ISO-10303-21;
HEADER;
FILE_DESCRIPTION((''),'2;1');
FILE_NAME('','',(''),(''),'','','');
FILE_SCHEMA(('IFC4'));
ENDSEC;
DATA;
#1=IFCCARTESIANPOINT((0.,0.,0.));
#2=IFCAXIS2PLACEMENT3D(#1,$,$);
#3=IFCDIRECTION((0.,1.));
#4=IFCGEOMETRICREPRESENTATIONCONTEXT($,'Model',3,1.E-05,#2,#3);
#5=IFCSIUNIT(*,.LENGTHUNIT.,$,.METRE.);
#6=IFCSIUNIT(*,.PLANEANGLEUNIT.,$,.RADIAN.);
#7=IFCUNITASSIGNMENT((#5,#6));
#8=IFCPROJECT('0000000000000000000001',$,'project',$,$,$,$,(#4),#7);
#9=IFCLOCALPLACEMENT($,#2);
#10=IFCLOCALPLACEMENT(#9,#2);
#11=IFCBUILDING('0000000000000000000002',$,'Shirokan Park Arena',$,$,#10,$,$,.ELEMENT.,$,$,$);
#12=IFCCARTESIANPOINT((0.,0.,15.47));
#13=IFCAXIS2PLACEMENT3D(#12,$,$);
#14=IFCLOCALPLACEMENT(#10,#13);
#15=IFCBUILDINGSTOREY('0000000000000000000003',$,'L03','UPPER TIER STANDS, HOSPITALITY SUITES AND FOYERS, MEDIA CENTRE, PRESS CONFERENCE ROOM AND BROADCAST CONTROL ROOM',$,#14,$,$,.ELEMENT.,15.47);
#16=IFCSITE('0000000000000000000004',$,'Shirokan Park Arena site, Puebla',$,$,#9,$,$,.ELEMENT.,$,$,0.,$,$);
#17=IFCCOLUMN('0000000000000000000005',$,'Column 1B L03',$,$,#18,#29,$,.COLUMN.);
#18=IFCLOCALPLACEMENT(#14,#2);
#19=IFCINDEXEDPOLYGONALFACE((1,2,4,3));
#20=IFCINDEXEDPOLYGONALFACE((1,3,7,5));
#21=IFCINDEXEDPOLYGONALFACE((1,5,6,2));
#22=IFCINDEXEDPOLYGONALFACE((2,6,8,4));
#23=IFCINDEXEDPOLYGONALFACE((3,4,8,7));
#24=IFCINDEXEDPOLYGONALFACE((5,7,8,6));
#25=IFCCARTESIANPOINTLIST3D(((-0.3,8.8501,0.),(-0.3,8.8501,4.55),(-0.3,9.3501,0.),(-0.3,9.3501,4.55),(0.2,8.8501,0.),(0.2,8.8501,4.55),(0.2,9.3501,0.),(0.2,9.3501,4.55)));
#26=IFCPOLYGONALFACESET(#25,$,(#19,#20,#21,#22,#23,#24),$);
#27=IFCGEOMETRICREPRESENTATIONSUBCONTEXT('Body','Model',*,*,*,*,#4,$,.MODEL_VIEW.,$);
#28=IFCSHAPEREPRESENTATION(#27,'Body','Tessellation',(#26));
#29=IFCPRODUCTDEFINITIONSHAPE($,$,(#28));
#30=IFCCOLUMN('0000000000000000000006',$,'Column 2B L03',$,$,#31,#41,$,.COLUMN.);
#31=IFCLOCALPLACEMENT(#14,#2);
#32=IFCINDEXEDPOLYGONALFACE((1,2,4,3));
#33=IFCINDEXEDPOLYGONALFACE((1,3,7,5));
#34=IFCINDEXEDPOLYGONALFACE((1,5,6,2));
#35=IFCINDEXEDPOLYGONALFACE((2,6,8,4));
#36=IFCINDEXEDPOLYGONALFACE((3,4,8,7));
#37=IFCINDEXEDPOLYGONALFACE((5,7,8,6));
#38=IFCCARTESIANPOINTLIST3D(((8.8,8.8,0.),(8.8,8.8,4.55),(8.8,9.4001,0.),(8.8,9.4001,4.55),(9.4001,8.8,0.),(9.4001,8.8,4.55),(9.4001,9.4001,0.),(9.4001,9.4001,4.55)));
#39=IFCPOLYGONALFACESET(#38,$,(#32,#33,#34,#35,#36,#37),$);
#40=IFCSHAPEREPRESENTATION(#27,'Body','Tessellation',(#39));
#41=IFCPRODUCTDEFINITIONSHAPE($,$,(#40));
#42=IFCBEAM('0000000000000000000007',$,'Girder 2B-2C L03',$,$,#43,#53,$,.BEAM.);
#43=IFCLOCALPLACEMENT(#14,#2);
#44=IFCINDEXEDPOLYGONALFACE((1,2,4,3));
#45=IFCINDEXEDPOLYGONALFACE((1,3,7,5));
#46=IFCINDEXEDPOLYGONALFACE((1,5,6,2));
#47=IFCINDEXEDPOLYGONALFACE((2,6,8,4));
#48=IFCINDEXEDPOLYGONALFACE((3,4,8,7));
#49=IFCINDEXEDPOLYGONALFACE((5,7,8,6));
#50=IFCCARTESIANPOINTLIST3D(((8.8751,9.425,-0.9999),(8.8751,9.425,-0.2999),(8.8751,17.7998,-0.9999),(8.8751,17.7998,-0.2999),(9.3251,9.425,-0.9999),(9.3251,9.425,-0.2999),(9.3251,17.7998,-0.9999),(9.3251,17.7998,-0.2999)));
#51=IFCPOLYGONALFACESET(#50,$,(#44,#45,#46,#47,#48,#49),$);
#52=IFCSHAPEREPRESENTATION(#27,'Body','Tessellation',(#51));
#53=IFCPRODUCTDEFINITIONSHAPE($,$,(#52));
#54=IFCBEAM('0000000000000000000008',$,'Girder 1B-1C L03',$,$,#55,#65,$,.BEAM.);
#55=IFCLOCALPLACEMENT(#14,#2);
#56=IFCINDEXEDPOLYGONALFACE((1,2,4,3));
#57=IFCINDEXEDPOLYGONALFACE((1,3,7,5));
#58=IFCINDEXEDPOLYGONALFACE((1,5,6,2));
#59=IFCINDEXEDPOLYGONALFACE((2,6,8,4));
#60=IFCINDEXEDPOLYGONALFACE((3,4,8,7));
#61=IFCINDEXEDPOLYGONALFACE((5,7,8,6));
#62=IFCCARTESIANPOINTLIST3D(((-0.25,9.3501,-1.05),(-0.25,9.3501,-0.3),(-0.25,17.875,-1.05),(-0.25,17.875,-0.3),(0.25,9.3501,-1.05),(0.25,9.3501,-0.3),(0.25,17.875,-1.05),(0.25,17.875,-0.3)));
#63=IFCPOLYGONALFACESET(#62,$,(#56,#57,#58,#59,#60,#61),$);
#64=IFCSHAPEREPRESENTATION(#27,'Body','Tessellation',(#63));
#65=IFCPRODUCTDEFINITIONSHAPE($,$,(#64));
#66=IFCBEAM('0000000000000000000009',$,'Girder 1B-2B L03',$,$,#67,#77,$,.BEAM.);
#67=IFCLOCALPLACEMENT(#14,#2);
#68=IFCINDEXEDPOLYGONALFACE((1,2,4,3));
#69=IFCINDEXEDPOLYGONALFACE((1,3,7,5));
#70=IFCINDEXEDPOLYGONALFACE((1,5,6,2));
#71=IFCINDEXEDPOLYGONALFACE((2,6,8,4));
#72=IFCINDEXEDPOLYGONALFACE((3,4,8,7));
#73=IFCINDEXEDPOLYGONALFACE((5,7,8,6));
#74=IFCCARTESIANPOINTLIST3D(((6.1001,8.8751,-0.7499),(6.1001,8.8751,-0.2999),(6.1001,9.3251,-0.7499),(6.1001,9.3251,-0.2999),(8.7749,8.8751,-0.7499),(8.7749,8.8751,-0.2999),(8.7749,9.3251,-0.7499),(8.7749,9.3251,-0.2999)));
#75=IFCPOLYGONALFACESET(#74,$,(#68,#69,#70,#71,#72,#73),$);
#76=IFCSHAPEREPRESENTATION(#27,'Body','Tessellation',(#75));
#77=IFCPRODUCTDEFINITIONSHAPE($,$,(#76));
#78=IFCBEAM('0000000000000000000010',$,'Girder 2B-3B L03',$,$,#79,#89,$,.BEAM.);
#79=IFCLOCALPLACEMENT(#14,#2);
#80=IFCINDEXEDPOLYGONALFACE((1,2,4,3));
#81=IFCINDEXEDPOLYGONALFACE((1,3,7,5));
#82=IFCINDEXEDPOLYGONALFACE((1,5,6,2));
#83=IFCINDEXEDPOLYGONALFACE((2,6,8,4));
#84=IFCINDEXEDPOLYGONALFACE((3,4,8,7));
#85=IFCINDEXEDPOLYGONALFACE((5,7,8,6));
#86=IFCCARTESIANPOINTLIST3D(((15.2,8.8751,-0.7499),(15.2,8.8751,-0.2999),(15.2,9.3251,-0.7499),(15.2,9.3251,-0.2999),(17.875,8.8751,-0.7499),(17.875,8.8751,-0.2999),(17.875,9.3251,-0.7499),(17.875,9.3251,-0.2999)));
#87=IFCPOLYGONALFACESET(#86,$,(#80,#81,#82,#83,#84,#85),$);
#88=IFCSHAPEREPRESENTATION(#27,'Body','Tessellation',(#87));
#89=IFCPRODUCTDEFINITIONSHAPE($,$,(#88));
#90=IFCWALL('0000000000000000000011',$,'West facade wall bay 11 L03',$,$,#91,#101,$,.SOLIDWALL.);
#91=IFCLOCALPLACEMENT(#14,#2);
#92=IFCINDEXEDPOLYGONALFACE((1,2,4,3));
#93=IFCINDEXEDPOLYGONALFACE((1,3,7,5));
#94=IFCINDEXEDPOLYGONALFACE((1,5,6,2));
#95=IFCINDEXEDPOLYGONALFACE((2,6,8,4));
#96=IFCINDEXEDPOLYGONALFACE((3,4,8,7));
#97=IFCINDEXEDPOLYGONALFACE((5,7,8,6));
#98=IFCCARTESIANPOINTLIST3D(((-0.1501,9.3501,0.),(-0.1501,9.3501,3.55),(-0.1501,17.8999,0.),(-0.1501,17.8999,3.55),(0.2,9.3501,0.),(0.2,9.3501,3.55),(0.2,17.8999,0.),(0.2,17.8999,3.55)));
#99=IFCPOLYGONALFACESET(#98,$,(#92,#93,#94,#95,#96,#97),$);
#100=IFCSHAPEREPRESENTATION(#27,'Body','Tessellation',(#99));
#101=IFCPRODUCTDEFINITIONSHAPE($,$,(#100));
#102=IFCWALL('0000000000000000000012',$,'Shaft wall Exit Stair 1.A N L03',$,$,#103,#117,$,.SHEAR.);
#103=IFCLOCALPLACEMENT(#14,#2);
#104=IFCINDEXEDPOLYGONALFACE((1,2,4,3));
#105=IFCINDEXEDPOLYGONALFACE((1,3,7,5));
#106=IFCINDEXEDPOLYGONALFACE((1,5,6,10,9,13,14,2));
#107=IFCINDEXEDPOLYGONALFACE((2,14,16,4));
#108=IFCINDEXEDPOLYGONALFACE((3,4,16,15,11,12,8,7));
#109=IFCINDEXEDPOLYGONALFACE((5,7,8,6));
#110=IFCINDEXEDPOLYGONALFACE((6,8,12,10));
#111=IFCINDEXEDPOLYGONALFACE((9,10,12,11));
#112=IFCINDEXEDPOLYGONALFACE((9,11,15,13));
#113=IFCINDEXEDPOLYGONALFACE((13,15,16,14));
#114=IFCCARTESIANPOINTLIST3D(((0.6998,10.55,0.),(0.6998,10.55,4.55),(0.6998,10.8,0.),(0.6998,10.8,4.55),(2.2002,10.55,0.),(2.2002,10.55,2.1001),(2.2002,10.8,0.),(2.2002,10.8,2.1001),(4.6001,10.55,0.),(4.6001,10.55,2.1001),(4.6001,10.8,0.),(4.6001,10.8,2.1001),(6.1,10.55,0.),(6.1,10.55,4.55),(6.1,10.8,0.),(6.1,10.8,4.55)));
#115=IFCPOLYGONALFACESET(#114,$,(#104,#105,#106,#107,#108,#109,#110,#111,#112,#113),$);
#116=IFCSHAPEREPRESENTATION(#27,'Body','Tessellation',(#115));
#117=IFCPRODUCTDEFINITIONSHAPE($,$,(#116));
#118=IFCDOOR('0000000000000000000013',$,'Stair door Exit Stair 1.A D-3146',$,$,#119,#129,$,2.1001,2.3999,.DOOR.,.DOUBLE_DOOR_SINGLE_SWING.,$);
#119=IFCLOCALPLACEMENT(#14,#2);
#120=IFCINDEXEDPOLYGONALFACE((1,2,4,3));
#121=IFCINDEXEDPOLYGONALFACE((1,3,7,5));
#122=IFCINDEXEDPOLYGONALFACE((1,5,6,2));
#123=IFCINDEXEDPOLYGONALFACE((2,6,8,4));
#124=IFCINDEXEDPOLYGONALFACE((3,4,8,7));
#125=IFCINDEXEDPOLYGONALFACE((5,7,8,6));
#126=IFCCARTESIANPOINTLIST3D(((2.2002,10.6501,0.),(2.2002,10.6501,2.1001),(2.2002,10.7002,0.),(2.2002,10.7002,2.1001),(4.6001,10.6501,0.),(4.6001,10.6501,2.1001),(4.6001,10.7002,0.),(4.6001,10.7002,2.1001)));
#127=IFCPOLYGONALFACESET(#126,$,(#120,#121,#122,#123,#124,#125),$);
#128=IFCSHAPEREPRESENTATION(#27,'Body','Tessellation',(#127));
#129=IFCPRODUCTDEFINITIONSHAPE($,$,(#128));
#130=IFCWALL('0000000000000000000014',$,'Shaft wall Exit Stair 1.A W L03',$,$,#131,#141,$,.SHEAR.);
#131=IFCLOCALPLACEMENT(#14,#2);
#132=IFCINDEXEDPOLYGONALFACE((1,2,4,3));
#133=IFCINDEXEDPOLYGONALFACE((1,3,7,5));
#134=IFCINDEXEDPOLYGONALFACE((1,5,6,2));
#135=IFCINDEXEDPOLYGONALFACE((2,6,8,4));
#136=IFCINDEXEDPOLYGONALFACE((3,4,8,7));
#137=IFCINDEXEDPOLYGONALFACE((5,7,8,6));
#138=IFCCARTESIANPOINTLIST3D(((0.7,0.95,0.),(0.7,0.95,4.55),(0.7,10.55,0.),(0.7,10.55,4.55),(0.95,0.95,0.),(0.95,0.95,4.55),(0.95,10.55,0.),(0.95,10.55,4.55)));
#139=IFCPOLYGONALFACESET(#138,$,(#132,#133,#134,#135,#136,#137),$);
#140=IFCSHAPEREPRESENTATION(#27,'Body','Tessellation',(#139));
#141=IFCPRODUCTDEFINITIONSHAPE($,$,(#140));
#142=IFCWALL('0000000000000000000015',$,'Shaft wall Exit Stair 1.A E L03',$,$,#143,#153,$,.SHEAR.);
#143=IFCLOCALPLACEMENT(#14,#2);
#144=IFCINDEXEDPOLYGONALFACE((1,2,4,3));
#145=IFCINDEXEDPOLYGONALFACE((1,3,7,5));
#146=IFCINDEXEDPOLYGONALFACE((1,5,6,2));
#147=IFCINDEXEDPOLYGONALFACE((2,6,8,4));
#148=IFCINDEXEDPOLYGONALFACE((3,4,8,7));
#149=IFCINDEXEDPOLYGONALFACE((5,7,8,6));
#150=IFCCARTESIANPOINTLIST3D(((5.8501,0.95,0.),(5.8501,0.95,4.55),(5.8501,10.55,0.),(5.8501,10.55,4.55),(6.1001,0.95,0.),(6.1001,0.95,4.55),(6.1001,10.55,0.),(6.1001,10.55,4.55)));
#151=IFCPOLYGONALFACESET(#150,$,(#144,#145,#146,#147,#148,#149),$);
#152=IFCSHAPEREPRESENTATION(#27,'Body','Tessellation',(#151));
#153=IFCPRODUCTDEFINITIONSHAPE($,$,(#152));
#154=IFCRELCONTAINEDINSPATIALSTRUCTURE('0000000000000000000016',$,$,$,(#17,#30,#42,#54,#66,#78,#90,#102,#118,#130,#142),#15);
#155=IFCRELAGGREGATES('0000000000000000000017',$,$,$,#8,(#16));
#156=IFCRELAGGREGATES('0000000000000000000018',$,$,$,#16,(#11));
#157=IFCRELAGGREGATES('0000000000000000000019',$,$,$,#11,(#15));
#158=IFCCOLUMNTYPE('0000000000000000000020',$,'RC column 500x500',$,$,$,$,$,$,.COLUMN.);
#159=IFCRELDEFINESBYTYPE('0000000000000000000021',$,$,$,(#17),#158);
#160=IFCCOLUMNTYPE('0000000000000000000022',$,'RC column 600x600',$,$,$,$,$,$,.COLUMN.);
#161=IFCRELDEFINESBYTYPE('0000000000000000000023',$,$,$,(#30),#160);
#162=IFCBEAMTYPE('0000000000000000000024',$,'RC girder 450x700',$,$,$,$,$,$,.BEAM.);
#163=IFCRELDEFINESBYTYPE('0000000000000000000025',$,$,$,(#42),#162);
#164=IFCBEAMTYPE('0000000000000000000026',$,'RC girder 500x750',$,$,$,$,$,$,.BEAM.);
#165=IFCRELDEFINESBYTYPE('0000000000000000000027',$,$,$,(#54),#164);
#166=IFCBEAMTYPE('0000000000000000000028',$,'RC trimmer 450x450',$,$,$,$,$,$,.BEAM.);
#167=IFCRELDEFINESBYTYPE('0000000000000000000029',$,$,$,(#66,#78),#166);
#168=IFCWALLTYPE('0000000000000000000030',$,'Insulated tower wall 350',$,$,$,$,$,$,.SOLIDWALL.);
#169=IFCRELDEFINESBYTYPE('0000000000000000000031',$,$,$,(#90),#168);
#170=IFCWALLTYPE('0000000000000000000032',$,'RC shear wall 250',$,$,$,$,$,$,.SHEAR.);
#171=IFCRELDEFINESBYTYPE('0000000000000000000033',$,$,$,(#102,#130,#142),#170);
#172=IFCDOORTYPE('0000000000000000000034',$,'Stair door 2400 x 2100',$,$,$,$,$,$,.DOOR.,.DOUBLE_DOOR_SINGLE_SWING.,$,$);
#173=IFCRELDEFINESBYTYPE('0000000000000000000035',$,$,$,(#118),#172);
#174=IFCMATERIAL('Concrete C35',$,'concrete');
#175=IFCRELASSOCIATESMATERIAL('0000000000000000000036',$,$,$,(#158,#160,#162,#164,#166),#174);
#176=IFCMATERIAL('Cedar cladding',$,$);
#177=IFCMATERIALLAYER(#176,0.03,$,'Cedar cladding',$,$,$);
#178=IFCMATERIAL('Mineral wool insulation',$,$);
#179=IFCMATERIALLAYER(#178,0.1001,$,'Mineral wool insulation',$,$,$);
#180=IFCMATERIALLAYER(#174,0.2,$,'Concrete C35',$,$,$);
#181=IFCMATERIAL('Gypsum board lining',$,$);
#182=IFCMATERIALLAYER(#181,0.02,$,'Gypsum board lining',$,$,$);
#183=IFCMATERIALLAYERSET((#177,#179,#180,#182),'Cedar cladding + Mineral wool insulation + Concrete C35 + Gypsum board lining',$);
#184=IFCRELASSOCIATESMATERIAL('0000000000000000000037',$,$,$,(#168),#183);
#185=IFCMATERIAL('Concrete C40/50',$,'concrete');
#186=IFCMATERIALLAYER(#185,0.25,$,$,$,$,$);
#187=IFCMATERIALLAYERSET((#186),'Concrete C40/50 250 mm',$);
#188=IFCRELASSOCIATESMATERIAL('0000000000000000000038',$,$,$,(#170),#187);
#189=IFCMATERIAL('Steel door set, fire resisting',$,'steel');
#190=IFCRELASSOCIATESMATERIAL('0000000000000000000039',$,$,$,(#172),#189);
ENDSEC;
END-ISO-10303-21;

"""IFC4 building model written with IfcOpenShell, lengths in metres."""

from ifc_helpers import new_model, si_unit, direction, frame, frame_2d, origin, origin_2d, place, context, subcontext, project, spatial, rectangle, extrude, material, layer, layer_set, material_profile, profile_set, type_object, element, fill, save


model = new_model("IFC4")

# Units and contexts
model_context = context("Model", 3, precision=1e-05, world=origin(), true_north=direction((0.0, 1.0)))
body_context = subcontext(model_context, "Body", "Model", "MODEL_VIEW")
ifc_project = project(units=[si_unit("LENGTHUNIT", "METRE"), si_unit("PLANEANGLEUNIT", "RADIAN")], contexts=[model_context])

# Site, building, storey
site_placement = place(None, origin())
site = spatial("IfcSite", under=ifc_project, at=site_placement, Name="Shirokan Park Arena site, Puebla", CompositionType="ELEMENT", RefElevation=0.0)
building_placement = place(site_placement, origin())
building = spatial("IfcBuilding", under=site, at=building_placement, Name="Shirokan Park Arena", CompositionType="ELEMENT")
storey_placement = place(building_placement, frame((0.0, 0.0, 15.47)))
storey = spatial("IfcBuildingStorey", under=building, at=storey_placement, Name="L03", Description="UPPER TIER STANDS, HOSPITALITY SUITES AND FOYERS, MEDIA CENTRE, PRESS CONFERENCE ROOM AND BROADCAST CONTROL ROOM", CompositionType="ELEMENT", Elevation=15.47)

# Columns
ifc_material_1 = material(Name="Concrete C35", Category="concrete")
ifc_material_profile_1 = material_profile(ifc_material_1, rectangle(XDim=0.5, YDim=0.5, at=origin_2d()), Name="500x500")
ifc_profile_set_1 = profile_set([ifc_material_profile_1], Name="Concrete C35")
column_type_1 = type_object("IfcColumnType", Name="RC column 500x500", PredefinedType="COLUMN", material=ifc_profile_set_1)
column_1_placement = place(storey_placement, frame((-0.05, 9.1001, 0.0), z_axis=(0.0, 0.0, 1.0), x_axis=(1.0, 0.0, 0.0)))
element("IfcColumn", 1, at=column_1_placement, inside=storey, type_object=column_type_1, Name="Column 1B L03", PredefinedType="COLUMN", context=body_context, shape_type="SweptSolid", body=[
    extrude(rectangle(XDim=0.5, YDim=0.5, at=origin_2d()), origin(), (0.0, 0.0, 1.0), 4.55),
])
ifc_material_profile_2 = material_profile(ifc_material_1, rectangle(XDim=0.6001, YDim=0.6001, at=origin_2d()), Name="600x600")
ifc_profile_set_2 = profile_set([ifc_material_profile_2], Name="Concrete C35")
column_type_2 = type_object("IfcColumnType", Name="RC column 600x600", PredefinedType="COLUMN", material=ifc_profile_set_2)
column_2_placement = place(storey_placement, frame((9.1001, 9.1001, 0.0), z_axis=(0.0, 0.0, 1.0), x_axis=(1.0, 0.0, 0.0)))
element("IfcColumn", 2, at=column_2_placement, inside=storey, type_object=column_type_2, Name="Column 2B L03", PredefinedType="COLUMN", context=body_context, shape_type="SweptSolid", body=[
    extrude(rectangle(XDim=0.6001, YDim=0.6001, at=origin_2d()), origin(), (0.0, 0.0, 1.0), 4.55),
])

# Beams
ifc_material_profile_3 = material_profile(ifc_material_1, rectangle(XDim=0.45, YDim=0.7, at=origin_2d()), Name="450x700")
ifc_profile_set_3 = profile_set([ifc_material_profile_3], Name="Concrete C35")
beam_type_1 = type_object("IfcBeamType", Name="RC girder 450x700", PredefinedType="BEAM", material=ifc_profile_set_3)
beam_1_placement = place(storey_placement, frame((9.1001, 9.425, -0.6499), z_axis=(0.0, 1.0, 0.0), x_axis=(-1.0, 0.0, 0.0)))
element("IfcBeam", 3, at=beam_1_placement, inside=storey, type_object=beam_type_1, Name="Girder 2B-2C L03", PredefinedType="BEAM", context=body_context, shape_type="SweptSolid", body=[
    extrude(rectangle(XDim=0.45, YDim=0.7, at=origin_2d()), origin(), (0.0, 0.0, 1.0), 8.3748),
])
ifc_material_profile_4 = material_profile(ifc_material_1, rectangle(XDim=0.5, YDim=0.75, at=origin_2d()), Name="500x750")
ifc_profile_set_4 = profile_set([ifc_material_profile_4], Name="Concrete C35")
beam_type_2 = type_object("IfcBeamType", Name="RC girder 500x750", PredefinedType="BEAM", material=ifc_profile_set_4)
beam_2_placement = place(storey_placement, frame((0.0, 9.3501, -0.675), z_axis=(0.0, 1.0, 0.0), x_axis=(-1.0, 0.0, 0.0)))
element("IfcBeam", 4, at=beam_2_placement, inside=storey, type_object=beam_type_2, Name="Girder 1B-1C L03", PredefinedType="BEAM", context=body_context, shape_type="SweptSolid", body=[
    extrude(rectangle(XDim=0.5, YDim=0.75, at=origin_2d()), origin(), (0.0, 0.0, 1.0), 8.5249),
])
ifc_material_profile_5 = material_profile(ifc_material_1, rectangle(XDim=0.45, YDim=0.45, at=origin_2d()), Name="450x450")
ifc_profile_set_5 = profile_set([ifc_material_profile_5], Name="Concrete C35")
beam_type_3 = type_object("IfcBeamType", Name="RC trimmer 450x450", PredefinedType="BEAM", material=ifc_profile_set_5)
beam_3_placement = place(storey_placement, frame((6.1001, 9.1001, -0.5249), z_axis=(1.0, 0.0, 0.0), x_axis=(0.0, 1.0, 0.0)))
element("IfcBeam", 5, at=beam_3_placement, inside=storey, type_object=beam_type_3, Name="Girder 1B-2B L03", PredefinedType="BEAM", context=body_context, shape_type="SweptSolid", body=[
    extrude(rectangle(XDim=0.45, YDim=0.45, at=origin_2d()), origin(), (0.0, 0.0, 1.0), 2.6748),
])
beam_4_placement = place(storey_placement, frame((15.2, 9.1001, -0.5249), z_axis=(1.0, 0.0, 0.0), x_axis=(0.0, 1.0, 0.0)))
element("IfcBeam", 6, at=beam_4_placement, inside=storey, type_object=beam_type_3, Name="Girder 2B-3B L03", PredefinedType="BEAM", context=body_context, shape_type="SweptSolid", body=[
    extrude(rectangle(XDim=0.45, YDim=0.45, at=origin_2d()), origin(), (0.0, 0.0, 1.0), 2.675),
])

# Wall
ifc_material_2 = material(Name="Cedar cladding")
ifc_layer_1 = layer(ifc_material_2, 0.03, Name="Cedar cladding")
ifc_material_3 = material(Name="Mineral wool insulation")
ifc_layer_2 = layer(ifc_material_3, 0.1001, Name="Mineral wool insulation")
ifc_layer_3 = layer(ifc_material_1, 0.2, Name="Concrete C35")
ifc_material_4 = material(Name="Gypsum board lining")
ifc_layer_4 = layer(ifc_material_4, 0.02, Name="Gypsum board lining")
ifc_layer_set_1 = layer_set([ifc_layer_1, ifc_layer_2, ifc_layer_3, ifc_layer_4], Name="Cedar cladding + Mineral wool insulation + Concrete C35 + Gypsum board lining")
wall_type_1 = type_object("IfcWallType", Name="Insulated tower wall 350", PredefinedType="SOLIDWALL", material=ifc_layer_set_1)
wall_1_placement = place(storey_placement, frame((0.0249, 17.8999, 0.0), z_axis=(0.0, 0.0, 1.0), x_axis=(0.0, -1.0, 0.0)))
element("IfcWall", 7, at=wall_1_placement, inside=storey, type_object=wall_type_1, Name="West facade wall bay 11 L03", PredefinedType="SOLIDWALL", context=body_context, shape_type="SweptSolid", body=[
    extrude(rectangle(XDim=8.5498, YDim=0.3501, at=frame_2d((4.2749, 0.0))), origin(), (0.0, 0.0, 1.0), 3.55),
])

# Wall, opening, door
ifc_material_5 = material(Name="Concrete C40/50", Category="concrete")
ifc_layer_5 = layer(ifc_material_5, 0.25)
ifc_layer_set_2 = layer_set([ifc_layer_5], Name="Concrete C40/50 250 mm")
wall_type_2 = type_object("IfcWallType", Name="RC shear wall 250", PredefinedType="SHEAR", material=ifc_layer_set_2)
wall_2_placement = place(storey_placement, frame((6.1001, 10.675, 0.0), z_axis=(0.0, 0.0, 1.0), x_axis=(-1.0, 0.0, 0.0)))
wall_2 = element("IfcWall", 8, at=wall_2_placement, inside=storey, type_object=wall_type_2, Name="Shaft wall Exit Stair 1.A N L03", PredefinedType="SHEAR", context=body_context, shape_type="SweptSolid", body=[
    extrude(rectangle(XDim=5.4001, YDim=0.25, at=frame_2d((2.7002, 0.0))), origin(), (0.0, 0.0, 1.0), 4.55),
])
opening_1_placement = place(wall_2_placement, frame((1.5, 0.0, 0.0)))
opening_1 = element("IfcOpeningElement", 9, at=opening_1_placement, cuts=wall_2, PredefinedType="OPENING", context=body_context, shape_type="SweptSolid", body=[
    extrude(rectangle(XDim=2.3999, YDim=2.1001, at=frame_2d((1.2, 1.05))), frame((0.0, 0.135, 0.0), z_axis=(0.0, -1.0, 0.0), x_axis=(1.0, 0.0, 0.0)), (0.0, 0.0, 1.0), 0.27),
])
ifc_material_6 = material(Name="Steel door set, fire resisting", Category="steel")
door_type_1 = type_object("IfcDoorType", Name="Stair door 2400 x 2100", OperationType="DOUBLE_DOOR_SINGLE_SWING", PredefinedType="DOOR", material=ifc_material_6)
door_1_placement = place(opening_1_placement, origin())
door_1 = element("IfcDoor", 10, at=door_1_placement, inside=storey, type_object=door_type_1, Name="Stair door Exit Stair 1.A D-3146", OperationType="DOUBLE_DOOR_SINGLE_SWING", OverallHeight=2.1001, OverallWidth=2.3999, PredefinedType="DOOR", context=body_context, shape_type="SweptSolid", body=[
    extrude(rectangle(XDim=2.3999, YDim=2.1001, at=frame_2d((1.2, 1.05))), frame((0.0, 0.0249, 0.0), z_axis=(0.0, -1.0, 0.0), x_axis=(1.0, 0.0, 0.0)), (0.0, 0.0, 1.0), 0.05),
])
fill(opening_1, door_1)

# Walls
for number, where, z_axis, x_axis, name in (
    (11, (0.825, 10.55, 0.0), (0.0, 0.0, 1.0), (0.0, -1.0, 0.0), "Shaft wall Exit Stair 1.A W L03"),
    (12, (5.9751, 10.55, 0.0), (0.0, 0.0, 1.0), (0.0, -1.0, 0.0), "Shaft wall Exit Stair 1.A E L03"),
):
    element("IfcWall", number, at=place(storey_placement, frame(where, z_axis=z_axis, x_axis=x_axis)), inside=storey, type_object=wall_type_2, Name=name, PredefinedType="SHEAR", context=body_context, shape_type="SweptSolid", body=[
        extrude(rectangle(XDim=9.6001, YDim=0.25, at=frame_2d((4.8, 0.0))), origin(), (0.0, 0.0, 1.0), 4.55),
    ])

save(model, "model.ifc")
